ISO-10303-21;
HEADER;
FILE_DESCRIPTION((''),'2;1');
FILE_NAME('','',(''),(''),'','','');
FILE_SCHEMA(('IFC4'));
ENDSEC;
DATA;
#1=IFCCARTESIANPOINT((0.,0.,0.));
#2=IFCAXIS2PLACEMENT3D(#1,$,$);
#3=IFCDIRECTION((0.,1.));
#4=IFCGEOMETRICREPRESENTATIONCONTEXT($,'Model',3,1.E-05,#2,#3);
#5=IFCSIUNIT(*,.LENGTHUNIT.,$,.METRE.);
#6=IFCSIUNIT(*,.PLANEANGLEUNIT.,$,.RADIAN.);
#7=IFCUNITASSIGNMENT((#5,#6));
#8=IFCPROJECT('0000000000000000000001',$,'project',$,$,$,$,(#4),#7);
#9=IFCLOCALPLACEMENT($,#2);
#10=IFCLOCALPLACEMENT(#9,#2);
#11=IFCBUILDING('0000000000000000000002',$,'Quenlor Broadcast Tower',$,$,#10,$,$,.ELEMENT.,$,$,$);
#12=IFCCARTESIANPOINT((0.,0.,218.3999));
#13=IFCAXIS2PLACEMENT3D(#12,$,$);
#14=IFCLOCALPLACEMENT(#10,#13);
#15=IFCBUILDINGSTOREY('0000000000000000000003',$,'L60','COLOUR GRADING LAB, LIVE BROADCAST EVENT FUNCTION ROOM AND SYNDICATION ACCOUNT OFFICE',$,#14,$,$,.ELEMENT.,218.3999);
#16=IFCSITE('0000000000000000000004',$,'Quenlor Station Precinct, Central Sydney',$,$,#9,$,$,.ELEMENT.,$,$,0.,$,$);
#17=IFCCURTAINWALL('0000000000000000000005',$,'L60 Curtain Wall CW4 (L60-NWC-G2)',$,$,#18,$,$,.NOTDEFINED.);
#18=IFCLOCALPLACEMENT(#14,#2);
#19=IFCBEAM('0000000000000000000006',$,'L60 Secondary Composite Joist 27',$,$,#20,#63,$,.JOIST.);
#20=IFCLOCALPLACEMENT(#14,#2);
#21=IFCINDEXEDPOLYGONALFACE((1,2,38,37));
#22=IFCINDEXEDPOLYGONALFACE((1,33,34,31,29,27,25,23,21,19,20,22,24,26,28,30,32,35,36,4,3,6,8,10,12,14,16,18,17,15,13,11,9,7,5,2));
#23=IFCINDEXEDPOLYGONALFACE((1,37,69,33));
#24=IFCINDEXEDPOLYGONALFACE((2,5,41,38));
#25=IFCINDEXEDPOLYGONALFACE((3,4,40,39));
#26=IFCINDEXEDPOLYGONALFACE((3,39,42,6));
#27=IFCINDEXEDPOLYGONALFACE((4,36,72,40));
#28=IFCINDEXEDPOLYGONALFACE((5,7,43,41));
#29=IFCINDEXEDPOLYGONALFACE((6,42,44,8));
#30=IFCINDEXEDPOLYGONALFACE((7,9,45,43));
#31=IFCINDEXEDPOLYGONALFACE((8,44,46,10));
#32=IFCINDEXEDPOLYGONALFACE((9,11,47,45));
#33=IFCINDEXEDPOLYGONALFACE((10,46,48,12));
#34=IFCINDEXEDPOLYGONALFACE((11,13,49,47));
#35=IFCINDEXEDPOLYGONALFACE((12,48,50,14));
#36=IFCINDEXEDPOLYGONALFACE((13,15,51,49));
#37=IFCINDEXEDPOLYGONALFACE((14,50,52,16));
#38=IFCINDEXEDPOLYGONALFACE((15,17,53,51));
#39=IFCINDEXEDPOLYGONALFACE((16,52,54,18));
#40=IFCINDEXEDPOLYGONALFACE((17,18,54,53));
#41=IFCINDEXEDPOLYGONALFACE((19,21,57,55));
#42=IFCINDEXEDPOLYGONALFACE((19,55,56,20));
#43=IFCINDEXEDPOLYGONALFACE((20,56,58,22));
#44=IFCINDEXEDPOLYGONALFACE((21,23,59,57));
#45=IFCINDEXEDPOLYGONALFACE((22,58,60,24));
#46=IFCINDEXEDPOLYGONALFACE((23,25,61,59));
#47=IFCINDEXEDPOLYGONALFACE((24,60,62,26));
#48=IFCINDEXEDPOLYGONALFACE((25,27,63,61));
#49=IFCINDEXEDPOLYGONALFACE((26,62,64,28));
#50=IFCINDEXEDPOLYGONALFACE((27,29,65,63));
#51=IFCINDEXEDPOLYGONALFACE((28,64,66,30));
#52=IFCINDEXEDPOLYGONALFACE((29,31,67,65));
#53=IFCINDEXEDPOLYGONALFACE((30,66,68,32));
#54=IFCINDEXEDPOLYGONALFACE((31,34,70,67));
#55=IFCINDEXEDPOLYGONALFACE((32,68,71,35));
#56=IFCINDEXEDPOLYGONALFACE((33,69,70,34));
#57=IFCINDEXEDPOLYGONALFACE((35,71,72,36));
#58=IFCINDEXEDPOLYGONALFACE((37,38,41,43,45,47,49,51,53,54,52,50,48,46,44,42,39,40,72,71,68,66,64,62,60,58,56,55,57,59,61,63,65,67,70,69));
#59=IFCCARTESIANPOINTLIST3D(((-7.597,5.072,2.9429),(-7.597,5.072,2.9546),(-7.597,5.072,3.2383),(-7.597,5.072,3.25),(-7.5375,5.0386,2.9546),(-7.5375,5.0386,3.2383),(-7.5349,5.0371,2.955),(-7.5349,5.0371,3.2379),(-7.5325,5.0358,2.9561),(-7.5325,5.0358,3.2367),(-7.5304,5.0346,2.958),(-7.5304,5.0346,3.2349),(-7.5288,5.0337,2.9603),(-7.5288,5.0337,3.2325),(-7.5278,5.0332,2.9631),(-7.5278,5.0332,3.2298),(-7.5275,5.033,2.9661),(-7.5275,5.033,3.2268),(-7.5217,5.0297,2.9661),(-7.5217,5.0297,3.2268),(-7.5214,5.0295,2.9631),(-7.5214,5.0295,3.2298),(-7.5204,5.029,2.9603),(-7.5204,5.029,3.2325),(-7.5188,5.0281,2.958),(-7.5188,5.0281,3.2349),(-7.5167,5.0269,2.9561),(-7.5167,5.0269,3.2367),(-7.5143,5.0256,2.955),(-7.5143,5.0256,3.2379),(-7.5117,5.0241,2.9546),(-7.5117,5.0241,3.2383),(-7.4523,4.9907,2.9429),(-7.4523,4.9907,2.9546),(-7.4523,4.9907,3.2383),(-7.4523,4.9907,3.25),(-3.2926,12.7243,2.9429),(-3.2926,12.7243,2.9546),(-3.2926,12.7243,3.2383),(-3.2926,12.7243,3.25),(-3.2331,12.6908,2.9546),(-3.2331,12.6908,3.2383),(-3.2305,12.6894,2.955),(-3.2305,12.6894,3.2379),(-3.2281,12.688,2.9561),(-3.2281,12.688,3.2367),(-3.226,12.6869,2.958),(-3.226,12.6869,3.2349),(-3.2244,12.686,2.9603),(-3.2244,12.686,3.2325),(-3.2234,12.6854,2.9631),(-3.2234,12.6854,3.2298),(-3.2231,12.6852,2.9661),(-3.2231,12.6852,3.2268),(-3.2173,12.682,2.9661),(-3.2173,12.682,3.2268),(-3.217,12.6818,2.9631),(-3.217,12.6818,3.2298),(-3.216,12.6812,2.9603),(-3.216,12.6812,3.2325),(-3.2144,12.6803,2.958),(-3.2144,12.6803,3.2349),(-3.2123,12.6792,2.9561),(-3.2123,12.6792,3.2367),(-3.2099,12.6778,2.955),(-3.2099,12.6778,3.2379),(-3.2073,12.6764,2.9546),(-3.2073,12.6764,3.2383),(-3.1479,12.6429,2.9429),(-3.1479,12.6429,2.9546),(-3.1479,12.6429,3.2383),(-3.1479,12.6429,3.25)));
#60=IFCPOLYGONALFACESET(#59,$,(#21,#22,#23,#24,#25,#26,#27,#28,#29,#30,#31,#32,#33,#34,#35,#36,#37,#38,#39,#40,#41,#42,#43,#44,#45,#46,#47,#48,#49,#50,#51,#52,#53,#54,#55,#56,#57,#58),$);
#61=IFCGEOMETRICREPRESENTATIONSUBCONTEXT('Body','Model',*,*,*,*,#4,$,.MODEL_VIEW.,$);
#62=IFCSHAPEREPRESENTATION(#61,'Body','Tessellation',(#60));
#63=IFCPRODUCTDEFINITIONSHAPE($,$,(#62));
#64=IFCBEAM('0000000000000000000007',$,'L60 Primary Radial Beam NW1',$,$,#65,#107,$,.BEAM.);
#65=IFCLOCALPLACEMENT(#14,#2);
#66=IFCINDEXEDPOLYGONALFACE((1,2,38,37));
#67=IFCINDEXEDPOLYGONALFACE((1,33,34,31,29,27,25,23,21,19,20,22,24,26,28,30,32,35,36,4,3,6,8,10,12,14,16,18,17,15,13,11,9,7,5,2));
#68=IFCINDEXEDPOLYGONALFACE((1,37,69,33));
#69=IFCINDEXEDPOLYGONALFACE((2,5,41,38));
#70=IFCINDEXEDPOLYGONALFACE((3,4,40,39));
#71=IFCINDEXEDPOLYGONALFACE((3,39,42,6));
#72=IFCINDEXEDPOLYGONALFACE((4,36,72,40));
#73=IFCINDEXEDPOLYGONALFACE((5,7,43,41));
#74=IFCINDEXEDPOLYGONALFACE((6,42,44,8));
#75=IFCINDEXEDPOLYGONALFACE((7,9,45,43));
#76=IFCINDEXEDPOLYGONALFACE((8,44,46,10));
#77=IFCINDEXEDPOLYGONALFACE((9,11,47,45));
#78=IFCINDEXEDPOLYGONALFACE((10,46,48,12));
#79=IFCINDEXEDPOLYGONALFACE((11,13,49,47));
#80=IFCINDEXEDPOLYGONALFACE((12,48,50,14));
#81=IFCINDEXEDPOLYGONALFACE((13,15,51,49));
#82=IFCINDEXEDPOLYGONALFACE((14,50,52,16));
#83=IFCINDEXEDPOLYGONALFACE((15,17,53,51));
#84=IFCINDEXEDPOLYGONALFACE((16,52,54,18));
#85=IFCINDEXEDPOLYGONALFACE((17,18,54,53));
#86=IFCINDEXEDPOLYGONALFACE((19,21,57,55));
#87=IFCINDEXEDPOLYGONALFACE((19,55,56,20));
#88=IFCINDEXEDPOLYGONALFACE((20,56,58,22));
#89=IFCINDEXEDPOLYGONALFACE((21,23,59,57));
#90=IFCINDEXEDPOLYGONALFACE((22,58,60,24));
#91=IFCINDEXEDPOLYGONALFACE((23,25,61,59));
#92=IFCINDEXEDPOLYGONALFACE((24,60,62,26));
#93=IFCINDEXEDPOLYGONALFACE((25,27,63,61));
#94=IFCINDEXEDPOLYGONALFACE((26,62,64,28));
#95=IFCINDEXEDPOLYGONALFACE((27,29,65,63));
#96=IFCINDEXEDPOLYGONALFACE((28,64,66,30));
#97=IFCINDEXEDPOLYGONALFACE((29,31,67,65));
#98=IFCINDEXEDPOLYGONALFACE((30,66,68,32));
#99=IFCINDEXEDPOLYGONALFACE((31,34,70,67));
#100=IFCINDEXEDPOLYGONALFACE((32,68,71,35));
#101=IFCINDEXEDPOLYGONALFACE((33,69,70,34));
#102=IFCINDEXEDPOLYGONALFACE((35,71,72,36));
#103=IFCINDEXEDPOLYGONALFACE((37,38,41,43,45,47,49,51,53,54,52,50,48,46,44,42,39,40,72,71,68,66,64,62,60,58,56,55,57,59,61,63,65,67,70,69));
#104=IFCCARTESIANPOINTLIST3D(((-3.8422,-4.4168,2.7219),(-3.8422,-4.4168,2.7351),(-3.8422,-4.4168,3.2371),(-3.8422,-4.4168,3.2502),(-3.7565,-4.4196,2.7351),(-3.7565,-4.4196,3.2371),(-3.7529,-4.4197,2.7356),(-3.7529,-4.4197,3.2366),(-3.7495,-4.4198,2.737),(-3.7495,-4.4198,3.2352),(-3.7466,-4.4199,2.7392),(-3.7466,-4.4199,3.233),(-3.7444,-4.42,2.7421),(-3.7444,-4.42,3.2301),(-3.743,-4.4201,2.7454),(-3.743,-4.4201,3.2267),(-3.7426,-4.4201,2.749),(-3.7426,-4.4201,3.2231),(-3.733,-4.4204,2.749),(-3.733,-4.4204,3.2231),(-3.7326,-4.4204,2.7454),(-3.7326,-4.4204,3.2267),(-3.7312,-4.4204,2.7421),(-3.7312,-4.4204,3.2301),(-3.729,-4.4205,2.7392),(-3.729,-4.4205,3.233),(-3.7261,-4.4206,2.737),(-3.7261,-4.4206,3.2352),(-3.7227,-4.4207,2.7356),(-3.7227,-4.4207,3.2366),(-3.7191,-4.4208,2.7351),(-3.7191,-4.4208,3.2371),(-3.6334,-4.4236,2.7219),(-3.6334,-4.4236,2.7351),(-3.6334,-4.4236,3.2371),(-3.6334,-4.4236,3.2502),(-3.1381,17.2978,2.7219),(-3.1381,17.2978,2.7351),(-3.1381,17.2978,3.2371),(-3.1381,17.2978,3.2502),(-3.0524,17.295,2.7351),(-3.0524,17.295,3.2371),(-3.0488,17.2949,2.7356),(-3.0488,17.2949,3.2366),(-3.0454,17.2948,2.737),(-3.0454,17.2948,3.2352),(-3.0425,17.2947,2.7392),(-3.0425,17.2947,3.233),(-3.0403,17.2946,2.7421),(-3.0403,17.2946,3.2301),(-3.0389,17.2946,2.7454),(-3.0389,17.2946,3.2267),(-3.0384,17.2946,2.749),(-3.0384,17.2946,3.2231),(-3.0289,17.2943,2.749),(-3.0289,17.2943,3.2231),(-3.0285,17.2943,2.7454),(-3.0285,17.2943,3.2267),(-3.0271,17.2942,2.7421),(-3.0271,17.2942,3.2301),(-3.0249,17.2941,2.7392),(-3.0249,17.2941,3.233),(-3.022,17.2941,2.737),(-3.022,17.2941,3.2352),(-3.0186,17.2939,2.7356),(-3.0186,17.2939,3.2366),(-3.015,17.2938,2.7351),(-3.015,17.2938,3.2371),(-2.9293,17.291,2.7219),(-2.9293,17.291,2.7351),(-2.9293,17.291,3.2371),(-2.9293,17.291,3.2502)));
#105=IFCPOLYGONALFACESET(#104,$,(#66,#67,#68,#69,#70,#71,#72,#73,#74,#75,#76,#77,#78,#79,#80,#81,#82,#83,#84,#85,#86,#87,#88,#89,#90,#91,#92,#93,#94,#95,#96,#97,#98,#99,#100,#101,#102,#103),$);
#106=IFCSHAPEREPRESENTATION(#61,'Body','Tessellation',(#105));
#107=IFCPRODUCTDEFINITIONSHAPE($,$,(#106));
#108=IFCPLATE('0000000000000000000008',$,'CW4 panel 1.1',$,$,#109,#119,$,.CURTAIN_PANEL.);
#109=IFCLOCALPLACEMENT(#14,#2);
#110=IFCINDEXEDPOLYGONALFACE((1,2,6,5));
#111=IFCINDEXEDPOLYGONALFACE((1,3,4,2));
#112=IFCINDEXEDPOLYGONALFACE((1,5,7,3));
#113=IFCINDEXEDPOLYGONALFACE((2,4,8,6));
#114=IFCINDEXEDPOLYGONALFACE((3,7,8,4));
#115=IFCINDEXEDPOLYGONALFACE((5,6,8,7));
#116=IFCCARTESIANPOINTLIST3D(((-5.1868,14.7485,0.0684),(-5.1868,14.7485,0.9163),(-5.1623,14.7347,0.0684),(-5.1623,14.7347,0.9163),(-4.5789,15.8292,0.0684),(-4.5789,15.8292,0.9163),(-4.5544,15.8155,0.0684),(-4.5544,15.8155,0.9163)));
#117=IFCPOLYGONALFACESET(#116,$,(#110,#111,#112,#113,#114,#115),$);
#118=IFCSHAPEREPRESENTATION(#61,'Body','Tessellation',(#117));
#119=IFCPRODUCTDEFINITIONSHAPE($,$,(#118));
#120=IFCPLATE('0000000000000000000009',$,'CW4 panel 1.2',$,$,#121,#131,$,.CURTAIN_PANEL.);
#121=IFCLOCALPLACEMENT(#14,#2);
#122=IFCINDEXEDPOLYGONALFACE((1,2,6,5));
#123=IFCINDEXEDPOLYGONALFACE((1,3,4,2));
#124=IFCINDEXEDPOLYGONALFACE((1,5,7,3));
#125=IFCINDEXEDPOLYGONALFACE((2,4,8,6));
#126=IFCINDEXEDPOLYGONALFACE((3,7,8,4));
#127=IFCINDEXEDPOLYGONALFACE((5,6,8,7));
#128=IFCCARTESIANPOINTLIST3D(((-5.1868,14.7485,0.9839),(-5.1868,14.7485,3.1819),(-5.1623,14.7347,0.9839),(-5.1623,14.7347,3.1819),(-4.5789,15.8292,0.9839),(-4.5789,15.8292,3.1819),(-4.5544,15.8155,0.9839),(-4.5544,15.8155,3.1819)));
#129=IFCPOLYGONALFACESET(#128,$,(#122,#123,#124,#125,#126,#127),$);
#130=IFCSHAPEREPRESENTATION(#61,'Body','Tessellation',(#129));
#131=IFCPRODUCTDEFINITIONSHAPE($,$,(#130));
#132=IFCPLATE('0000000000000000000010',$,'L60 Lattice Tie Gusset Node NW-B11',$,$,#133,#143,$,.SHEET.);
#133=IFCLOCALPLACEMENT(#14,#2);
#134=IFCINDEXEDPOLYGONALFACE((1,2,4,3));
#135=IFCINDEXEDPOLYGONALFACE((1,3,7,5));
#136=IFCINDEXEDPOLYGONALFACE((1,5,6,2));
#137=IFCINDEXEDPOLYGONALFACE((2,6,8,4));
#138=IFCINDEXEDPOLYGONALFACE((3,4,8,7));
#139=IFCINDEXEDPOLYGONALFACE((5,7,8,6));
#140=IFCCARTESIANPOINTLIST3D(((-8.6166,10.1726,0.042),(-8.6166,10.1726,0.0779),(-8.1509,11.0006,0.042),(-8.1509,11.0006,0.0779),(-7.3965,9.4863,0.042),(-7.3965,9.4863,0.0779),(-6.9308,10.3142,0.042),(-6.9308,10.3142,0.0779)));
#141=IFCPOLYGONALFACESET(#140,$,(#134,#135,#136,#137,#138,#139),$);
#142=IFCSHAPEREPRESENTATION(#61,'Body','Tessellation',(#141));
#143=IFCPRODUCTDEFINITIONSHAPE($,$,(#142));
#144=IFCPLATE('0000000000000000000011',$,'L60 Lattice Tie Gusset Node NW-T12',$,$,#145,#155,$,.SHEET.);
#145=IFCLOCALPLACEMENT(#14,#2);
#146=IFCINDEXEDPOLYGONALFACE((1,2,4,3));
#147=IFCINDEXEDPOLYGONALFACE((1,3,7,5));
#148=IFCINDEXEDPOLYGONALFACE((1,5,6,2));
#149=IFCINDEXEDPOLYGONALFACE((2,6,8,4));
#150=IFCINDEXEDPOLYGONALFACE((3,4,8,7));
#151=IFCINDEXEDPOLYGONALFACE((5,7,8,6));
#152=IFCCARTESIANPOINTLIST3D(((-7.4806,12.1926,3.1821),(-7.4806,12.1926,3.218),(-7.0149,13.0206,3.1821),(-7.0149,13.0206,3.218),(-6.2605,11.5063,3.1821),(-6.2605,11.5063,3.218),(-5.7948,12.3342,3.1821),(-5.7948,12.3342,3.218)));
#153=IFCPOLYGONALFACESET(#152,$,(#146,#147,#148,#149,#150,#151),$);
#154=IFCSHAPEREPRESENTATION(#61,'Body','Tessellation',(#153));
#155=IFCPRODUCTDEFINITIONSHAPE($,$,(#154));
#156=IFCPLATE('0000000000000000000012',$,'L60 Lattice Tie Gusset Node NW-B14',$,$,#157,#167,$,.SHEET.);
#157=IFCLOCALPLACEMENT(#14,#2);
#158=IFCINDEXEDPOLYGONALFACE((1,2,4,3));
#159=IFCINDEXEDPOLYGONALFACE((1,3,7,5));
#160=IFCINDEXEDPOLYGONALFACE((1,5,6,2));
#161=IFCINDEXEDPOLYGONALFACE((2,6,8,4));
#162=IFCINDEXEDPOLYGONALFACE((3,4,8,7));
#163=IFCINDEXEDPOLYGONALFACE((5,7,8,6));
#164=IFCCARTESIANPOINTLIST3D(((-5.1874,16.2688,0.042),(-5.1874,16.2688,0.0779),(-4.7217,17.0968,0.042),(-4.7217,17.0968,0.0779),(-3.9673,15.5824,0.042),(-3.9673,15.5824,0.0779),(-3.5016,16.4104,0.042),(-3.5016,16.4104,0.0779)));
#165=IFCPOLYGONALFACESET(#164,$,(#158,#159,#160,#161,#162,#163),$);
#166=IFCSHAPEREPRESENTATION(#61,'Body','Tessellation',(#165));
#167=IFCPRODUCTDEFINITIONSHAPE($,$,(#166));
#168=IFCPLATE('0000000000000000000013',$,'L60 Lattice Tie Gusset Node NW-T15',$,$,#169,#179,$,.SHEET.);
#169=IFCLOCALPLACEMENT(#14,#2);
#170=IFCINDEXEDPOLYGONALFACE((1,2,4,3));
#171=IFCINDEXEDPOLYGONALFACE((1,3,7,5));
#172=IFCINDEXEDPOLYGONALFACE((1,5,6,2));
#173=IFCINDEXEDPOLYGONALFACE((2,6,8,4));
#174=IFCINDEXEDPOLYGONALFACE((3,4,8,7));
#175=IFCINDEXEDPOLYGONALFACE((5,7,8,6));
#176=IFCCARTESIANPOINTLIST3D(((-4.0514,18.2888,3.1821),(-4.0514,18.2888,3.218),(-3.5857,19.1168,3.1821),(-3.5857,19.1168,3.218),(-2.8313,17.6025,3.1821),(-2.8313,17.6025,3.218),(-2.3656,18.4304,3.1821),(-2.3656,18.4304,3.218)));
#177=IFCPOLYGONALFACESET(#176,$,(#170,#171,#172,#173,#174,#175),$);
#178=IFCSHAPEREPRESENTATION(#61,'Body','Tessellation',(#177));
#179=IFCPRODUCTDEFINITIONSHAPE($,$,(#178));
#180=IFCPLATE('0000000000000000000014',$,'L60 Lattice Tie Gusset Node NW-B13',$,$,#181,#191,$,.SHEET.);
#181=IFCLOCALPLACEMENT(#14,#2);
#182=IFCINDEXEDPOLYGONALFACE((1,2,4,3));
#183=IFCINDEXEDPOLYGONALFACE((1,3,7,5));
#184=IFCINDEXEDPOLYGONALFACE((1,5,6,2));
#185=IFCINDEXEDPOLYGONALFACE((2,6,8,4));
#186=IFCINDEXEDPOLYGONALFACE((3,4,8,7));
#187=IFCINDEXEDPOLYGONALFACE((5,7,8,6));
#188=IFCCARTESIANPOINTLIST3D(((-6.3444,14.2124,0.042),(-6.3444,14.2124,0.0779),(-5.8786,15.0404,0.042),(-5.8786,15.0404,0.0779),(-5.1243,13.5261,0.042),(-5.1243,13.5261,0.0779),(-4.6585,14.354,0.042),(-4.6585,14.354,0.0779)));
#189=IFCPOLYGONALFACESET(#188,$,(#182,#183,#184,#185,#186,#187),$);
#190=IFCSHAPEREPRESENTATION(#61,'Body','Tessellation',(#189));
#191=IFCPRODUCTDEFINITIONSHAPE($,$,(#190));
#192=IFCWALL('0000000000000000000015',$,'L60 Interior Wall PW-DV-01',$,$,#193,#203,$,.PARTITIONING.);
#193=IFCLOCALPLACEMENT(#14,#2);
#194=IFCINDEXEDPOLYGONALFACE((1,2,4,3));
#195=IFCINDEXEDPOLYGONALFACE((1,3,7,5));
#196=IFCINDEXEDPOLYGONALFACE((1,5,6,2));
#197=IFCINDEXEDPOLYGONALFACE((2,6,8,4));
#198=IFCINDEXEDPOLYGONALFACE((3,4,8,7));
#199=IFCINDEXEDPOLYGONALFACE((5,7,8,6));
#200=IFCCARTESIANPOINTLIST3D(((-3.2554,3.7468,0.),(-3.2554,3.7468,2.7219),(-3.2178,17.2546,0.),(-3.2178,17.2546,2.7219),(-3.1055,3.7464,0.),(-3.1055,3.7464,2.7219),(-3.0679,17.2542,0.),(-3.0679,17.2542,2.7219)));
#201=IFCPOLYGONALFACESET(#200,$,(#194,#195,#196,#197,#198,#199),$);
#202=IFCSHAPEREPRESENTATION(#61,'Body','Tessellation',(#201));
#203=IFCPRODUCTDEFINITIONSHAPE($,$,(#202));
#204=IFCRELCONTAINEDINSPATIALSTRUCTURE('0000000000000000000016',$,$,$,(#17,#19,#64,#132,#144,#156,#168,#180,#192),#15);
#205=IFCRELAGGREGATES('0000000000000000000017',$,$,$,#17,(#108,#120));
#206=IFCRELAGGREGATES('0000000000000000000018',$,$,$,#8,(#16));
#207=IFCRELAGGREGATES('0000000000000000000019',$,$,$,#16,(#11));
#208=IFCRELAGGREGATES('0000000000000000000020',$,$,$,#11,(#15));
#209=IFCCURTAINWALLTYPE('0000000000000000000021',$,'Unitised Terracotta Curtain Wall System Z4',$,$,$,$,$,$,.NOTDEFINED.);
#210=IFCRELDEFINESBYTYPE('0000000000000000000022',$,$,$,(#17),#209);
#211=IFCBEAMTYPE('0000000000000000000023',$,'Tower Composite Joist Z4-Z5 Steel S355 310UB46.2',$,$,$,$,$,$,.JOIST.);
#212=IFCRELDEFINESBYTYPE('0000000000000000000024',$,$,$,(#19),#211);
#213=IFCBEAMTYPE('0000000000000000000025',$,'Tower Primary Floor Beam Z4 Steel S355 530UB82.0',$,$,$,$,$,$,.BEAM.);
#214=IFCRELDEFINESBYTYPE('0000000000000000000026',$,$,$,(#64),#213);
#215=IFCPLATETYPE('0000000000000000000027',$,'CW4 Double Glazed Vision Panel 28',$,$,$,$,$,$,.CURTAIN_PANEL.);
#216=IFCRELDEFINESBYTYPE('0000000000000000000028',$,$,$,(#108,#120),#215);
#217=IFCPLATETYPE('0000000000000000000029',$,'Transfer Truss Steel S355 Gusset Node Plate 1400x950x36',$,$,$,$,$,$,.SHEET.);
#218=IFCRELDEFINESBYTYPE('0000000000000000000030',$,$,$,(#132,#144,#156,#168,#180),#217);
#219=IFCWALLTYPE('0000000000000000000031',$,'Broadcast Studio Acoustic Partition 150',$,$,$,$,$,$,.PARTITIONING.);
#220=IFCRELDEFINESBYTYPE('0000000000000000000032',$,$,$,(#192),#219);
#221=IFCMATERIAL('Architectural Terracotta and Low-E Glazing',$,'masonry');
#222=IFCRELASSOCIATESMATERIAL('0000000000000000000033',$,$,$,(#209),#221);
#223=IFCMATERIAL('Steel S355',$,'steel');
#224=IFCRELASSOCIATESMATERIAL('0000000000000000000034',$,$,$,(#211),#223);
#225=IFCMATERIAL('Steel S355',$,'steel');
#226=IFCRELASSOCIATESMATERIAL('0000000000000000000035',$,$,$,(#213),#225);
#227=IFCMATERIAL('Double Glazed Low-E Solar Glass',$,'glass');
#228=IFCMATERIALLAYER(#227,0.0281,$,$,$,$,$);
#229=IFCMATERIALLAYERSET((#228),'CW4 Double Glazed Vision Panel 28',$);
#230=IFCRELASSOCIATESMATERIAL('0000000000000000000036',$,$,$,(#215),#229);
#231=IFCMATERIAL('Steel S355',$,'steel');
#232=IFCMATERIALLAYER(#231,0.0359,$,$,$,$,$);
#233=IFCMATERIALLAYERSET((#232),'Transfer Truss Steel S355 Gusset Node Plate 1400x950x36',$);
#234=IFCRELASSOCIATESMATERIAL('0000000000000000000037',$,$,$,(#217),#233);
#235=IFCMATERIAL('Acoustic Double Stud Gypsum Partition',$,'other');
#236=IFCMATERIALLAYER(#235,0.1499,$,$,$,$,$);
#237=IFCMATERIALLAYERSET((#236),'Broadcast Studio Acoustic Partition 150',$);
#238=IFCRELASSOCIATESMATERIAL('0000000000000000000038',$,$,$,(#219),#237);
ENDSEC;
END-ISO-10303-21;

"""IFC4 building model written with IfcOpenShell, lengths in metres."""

from ifc_helpers import new_model, si_unit, direction, frame, frame_2d, origin, origin_2d, place, context, subcontext, project, spatial, rectangle, i_section, extrude, material, layer, layer_set, material_profile, profile_set, type_object, element, aggregate, save


model = new_model("IFC4")

# Units and contexts
model_context = context("Model", 3, precision=1e-05, world=origin(), true_north=direction((0.0, 1.0)))
body_context = subcontext(model_context, "Body", "Model", "MODEL_VIEW")
ifc_project = project(units=[si_unit("LENGTHUNIT", "METRE"), si_unit("PLANEANGLEUNIT", "RADIAN")], contexts=[model_context])

# Site, building, storey
site_placement = place(None, origin())
site = spatial("IfcSite", under=ifc_project, at=site_placement, Name="Quenlor Station Precinct, Central Sydney", CompositionType="ELEMENT", RefElevation=0.0)
building_placement = place(site_placement, origin())
building = spatial("IfcBuilding", under=site, at=building_placement, Name="Quenlor Broadcast Tower", CompositionType="ELEMENT")
storey_placement = place(building_placement, frame((0.0, 0.0, 218.3999)))
storey = spatial("IfcBuildingStorey", under=building, at=storey_placement, Name="L60", Description="COLOUR GRADING LAB, LIVE BROADCAST EVENT FUNCTION ROOM AND SYNDICATION ACCOUNT OFFICE", CompositionType="ELEMENT", Elevation=218.3999)

# Curtain wall
ifc_material_1 = material(Name="Architectural Terracotta and Low-E Glazing", Category="masonry")
curtain_wall_type = type_object("IfcCurtainWallType", Name="Unitised Terracotta Curtain Wall System Z4", PredefinedType="NOTDEFINED", material=ifc_material_1)
curtain_wall_placement = place(storey_placement, origin())
curtain_wall = element("IfcCurtainWall", 1, at=curtain_wall_placement, inside=storey, type_object=curtain_wall_type, Name="L60 Curtain Wall CW4 (L60-NWC-G2)", PredefinedType="NOTDEFINED")

# Beams
ifc_material_2 = material(Name="Steel S355", Category="steel")
ifc_material_profile_1 = material_profile(ifc_material_2, i_section(OverallWidth=0.166, OverallDepth=0.3071, WebThickness=0.0066, FlangeThickness=0.0117, FilletRadius=0.0115, at=origin_2d()))
ifc_profile_set_1 = profile_set([ifc_material_profile_1], Name="Steel S355 310UB46.2")
beam_type_1 = type_object("IfcBeamType", Name="Tower Composite Joist Z4-Z5 Steel S355 310UB46.2", PredefinedType="JOIST", material=ifc_profile_set_1)
beam_1_placement = place(storey_placement, frame((-3.2202, 12.6836, 3.0964), z_axis=(-0.490261, -0.871576, 0.0), x_axis=(0.871576, -0.490261, 0.0)))
element("IfcBeam", 2, at=beam_1_placement, inside=storey, type_object=beam_type_1, Name="L60 Secondary Composite Joist 27", PredefinedType="JOIST", context=body_context, shape_type="SweptSolid", body=[
    extrude(i_section(OverallWidth=0.166, OverallDepth=0.3071, WebThickness=0.0066, FlangeThickness=0.0117, FilletRadius=0.0115, at=origin_2d()), origin(), (0.0, 0.0, 1.0), 8.7798),
])
ifc_material_3 = material(Name="Steel S355", Category="steel")
ifc_material_profile_2 = material_profile(ifc_material_3, i_section(OverallWidth=0.209, OverallDepth=0.5283, WebThickness=0.0095, FlangeThickness=0.0132, FilletRadius=0.0139, at=origin_2d()))
ifc_profile_set_2 = profile_set([ifc_material_profile_2], Name="Steel S355 530UB82.0")
beam_type_2 = type_object("IfcBeamType", Name="Tower Primary Floor Beam Z4 Steel S355 530UB82.0", PredefinedType="BEAM", material=ifc_profile_set_2)
beam_2_placement = place(storey_placement, frame((-3.0337, 17.2944, 2.9861), z_axis=(-0.032408, -0.999475, 0.0), x_axis=(0.999475, -0.032408, 0.0)))
element("IfcBeam", 3, at=beam_2_placement, inside=storey, type_object=beam_type_2, Name="L60 Primary Radial Beam NW1", PredefinedType="BEAM", context=body_context, shape_type="SweptSolid", body=[
    extrude(i_section(OverallWidth=0.209, OverallDepth=0.5283, WebThickness=0.0095, FlangeThickness=0.0132, FilletRadius=0.0139, at=origin_2d()), origin(), (0.0, 0.0, 1.0), 21.7261),
])

# Plates
ifc_material_4 = material(Name="Double Glazed Low-E Solar Glass", Category="glass")
ifc_layer_1 = layer(ifc_material_4, 0.0281)
ifc_layer_set_1 = layer_set([ifc_layer_1], Name="CW4 Double Glazed Vision Panel 28")
plate_type_1 = type_object("IfcPlateType", Name="CW4 Double Glazed Vision Panel 28", PredefinedType="CURTAIN_PANEL", material=ifc_layer_set_1)
plate_1_placement = place(storey_placement, frame((-4.8706, 15.282, 0.0684), z_axis=(0.0, 0.0, 1.0), x_axis=(0.490289, 0.87156, 0.0)))
plate_1 = element("IfcPlate", 4, at=plate_1_placement, type_object=plate_type_1, Name="CW4 panel 1.1", PredefinedType="CURTAIN_PANEL", context=body_context, shape_type="SweptSolid", body=[
    extrude(rectangle(XDim=1.24, YDim=0.0281, at=origin_2d()), origin(), (0.0, 0.0, 1.0), 0.8479),
])
plate_2_placement = place(storey_placement, frame((-4.8706, 15.282, 0.9839), z_axis=(0.0, 0.0, 1.0), x_axis=(0.490289, 0.87156, 0.0)))
plate_2 = element("IfcPlate", 5, at=plate_2_placement, type_object=plate_type_1, Name="CW4 panel 1.2", PredefinedType="CURTAIN_PANEL", context=body_context, shape_type="SweptSolid", body=[
    extrude(rectangle(XDim=1.24, YDim=0.0281, at=origin_2d()), origin(), (0.0, 0.0, 1.0), 2.198),
])
aggregate(curtain_wall, [plate_1, plate_2])

# Plates
ifc_material_5 = material(Name="Steel S355", Category="steel")
ifc_layer_2 = layer(ifc_material_5, 0.0359)
ifc_layer_set_2 = layer_set([ifc_layer_2], Name="Transfer Truss Steel S355 Gusset Node Plate 1400x950x36")
plate_type_2 = type_object("IfcPlateType", Name="Transfer Truss Steel S355 Gusset Node Plate 1400x950x36", PredefinedType="SHEET", material=ifc_layer_set_2)
for number, where, z_axis, x_axis, name in (
    (6, (-7.7737, 10.2434, 0.042), (0.0, 0.0, 1.0), (-0.871556, 0.490295, 0.0), "L60 Lattice Tie Gusset Node NW-B11"),
    (7, (-6.6377, 12.2634, 3.1821), (0.0, 0.0, 1.0), (-0.871556, 0.490295, 0.0), "L60 Lattice Tie Gusset Node NW-T12"),
    (8, (-4.3445, 16.3396, 0.042), (0.0, 0.0, 1.0), (-0.871556, 0.490295, 0.0), "L60 Lattice Tie Gusset Node NW-B14"),
    (9, (-3.2085, 18.3596, 3.1821), (0.0, 0.0, 1.0), (-0.871556, 0.490295, 0.0), "L60 Lattice Tie Gusset Node NW-T15"),
    (10, (-5.5015, 14.2832, 0.042), (0.0, 0.0, 1.0), (-0.871556, 0.490295, 0.0), "L60 Lattice Tie Gusset Node NW-B13"),
):
    element("IfcPlate", number, at=place(storey_placement, frame(where, z_axis=z_axis, x_axis=x_axis)), inside=storey, type_object=plate_type_2, Name=name, PredefinedType="SHEET", context=body_context, shape_type="SweptSolid", body=[
        extrude(rectangle(XDim=1.3999, YDim=0.95, at=origin_2d()), origin(), (0.0, 0.0, 1.0), 0.0359),
    ])

# Wall
ifc_material_6 = material(Name="Acoustic Double Stud Gypsum Partition", Category="other")
ifc_layer_3 = layer(ifc_material_6, 0.1499)
ifc_layer_set_3 = layer_set([ifc_layer_3], Name="Broadcast Studio Acoustic Partition 150")
wall_type_1 = type_object("IfcWallType", Name="Broadcast Studio Acoustic Partition 150", PredefinedType="PARTITIONING", material=ifc_layer_set_3)
wall_1_placement = place(storey_placement, frame((-3.1428, 17.2544, 0.0), z_axis=(0.0, 0.0, 1.0), x_axis=(-0.002783, -0.999996, 0.0)))
element("IfcWall", 11, at=wall_1_placement, inside=storey, type_object=wall_type_1, Name="L60 Interior Wall PW-DV-01", PredefinedType="PARTITIONING", context=body_context, shape_type="SweptSolid", body=[
    extrude(rectangle(XDim=13.5078, YDim=0.1499, at=frame_2d((6.7539, 0.0))), origin(), (0.0, 0.0, 1.0), 2.7219),
])

save(model, "model.ifc")
